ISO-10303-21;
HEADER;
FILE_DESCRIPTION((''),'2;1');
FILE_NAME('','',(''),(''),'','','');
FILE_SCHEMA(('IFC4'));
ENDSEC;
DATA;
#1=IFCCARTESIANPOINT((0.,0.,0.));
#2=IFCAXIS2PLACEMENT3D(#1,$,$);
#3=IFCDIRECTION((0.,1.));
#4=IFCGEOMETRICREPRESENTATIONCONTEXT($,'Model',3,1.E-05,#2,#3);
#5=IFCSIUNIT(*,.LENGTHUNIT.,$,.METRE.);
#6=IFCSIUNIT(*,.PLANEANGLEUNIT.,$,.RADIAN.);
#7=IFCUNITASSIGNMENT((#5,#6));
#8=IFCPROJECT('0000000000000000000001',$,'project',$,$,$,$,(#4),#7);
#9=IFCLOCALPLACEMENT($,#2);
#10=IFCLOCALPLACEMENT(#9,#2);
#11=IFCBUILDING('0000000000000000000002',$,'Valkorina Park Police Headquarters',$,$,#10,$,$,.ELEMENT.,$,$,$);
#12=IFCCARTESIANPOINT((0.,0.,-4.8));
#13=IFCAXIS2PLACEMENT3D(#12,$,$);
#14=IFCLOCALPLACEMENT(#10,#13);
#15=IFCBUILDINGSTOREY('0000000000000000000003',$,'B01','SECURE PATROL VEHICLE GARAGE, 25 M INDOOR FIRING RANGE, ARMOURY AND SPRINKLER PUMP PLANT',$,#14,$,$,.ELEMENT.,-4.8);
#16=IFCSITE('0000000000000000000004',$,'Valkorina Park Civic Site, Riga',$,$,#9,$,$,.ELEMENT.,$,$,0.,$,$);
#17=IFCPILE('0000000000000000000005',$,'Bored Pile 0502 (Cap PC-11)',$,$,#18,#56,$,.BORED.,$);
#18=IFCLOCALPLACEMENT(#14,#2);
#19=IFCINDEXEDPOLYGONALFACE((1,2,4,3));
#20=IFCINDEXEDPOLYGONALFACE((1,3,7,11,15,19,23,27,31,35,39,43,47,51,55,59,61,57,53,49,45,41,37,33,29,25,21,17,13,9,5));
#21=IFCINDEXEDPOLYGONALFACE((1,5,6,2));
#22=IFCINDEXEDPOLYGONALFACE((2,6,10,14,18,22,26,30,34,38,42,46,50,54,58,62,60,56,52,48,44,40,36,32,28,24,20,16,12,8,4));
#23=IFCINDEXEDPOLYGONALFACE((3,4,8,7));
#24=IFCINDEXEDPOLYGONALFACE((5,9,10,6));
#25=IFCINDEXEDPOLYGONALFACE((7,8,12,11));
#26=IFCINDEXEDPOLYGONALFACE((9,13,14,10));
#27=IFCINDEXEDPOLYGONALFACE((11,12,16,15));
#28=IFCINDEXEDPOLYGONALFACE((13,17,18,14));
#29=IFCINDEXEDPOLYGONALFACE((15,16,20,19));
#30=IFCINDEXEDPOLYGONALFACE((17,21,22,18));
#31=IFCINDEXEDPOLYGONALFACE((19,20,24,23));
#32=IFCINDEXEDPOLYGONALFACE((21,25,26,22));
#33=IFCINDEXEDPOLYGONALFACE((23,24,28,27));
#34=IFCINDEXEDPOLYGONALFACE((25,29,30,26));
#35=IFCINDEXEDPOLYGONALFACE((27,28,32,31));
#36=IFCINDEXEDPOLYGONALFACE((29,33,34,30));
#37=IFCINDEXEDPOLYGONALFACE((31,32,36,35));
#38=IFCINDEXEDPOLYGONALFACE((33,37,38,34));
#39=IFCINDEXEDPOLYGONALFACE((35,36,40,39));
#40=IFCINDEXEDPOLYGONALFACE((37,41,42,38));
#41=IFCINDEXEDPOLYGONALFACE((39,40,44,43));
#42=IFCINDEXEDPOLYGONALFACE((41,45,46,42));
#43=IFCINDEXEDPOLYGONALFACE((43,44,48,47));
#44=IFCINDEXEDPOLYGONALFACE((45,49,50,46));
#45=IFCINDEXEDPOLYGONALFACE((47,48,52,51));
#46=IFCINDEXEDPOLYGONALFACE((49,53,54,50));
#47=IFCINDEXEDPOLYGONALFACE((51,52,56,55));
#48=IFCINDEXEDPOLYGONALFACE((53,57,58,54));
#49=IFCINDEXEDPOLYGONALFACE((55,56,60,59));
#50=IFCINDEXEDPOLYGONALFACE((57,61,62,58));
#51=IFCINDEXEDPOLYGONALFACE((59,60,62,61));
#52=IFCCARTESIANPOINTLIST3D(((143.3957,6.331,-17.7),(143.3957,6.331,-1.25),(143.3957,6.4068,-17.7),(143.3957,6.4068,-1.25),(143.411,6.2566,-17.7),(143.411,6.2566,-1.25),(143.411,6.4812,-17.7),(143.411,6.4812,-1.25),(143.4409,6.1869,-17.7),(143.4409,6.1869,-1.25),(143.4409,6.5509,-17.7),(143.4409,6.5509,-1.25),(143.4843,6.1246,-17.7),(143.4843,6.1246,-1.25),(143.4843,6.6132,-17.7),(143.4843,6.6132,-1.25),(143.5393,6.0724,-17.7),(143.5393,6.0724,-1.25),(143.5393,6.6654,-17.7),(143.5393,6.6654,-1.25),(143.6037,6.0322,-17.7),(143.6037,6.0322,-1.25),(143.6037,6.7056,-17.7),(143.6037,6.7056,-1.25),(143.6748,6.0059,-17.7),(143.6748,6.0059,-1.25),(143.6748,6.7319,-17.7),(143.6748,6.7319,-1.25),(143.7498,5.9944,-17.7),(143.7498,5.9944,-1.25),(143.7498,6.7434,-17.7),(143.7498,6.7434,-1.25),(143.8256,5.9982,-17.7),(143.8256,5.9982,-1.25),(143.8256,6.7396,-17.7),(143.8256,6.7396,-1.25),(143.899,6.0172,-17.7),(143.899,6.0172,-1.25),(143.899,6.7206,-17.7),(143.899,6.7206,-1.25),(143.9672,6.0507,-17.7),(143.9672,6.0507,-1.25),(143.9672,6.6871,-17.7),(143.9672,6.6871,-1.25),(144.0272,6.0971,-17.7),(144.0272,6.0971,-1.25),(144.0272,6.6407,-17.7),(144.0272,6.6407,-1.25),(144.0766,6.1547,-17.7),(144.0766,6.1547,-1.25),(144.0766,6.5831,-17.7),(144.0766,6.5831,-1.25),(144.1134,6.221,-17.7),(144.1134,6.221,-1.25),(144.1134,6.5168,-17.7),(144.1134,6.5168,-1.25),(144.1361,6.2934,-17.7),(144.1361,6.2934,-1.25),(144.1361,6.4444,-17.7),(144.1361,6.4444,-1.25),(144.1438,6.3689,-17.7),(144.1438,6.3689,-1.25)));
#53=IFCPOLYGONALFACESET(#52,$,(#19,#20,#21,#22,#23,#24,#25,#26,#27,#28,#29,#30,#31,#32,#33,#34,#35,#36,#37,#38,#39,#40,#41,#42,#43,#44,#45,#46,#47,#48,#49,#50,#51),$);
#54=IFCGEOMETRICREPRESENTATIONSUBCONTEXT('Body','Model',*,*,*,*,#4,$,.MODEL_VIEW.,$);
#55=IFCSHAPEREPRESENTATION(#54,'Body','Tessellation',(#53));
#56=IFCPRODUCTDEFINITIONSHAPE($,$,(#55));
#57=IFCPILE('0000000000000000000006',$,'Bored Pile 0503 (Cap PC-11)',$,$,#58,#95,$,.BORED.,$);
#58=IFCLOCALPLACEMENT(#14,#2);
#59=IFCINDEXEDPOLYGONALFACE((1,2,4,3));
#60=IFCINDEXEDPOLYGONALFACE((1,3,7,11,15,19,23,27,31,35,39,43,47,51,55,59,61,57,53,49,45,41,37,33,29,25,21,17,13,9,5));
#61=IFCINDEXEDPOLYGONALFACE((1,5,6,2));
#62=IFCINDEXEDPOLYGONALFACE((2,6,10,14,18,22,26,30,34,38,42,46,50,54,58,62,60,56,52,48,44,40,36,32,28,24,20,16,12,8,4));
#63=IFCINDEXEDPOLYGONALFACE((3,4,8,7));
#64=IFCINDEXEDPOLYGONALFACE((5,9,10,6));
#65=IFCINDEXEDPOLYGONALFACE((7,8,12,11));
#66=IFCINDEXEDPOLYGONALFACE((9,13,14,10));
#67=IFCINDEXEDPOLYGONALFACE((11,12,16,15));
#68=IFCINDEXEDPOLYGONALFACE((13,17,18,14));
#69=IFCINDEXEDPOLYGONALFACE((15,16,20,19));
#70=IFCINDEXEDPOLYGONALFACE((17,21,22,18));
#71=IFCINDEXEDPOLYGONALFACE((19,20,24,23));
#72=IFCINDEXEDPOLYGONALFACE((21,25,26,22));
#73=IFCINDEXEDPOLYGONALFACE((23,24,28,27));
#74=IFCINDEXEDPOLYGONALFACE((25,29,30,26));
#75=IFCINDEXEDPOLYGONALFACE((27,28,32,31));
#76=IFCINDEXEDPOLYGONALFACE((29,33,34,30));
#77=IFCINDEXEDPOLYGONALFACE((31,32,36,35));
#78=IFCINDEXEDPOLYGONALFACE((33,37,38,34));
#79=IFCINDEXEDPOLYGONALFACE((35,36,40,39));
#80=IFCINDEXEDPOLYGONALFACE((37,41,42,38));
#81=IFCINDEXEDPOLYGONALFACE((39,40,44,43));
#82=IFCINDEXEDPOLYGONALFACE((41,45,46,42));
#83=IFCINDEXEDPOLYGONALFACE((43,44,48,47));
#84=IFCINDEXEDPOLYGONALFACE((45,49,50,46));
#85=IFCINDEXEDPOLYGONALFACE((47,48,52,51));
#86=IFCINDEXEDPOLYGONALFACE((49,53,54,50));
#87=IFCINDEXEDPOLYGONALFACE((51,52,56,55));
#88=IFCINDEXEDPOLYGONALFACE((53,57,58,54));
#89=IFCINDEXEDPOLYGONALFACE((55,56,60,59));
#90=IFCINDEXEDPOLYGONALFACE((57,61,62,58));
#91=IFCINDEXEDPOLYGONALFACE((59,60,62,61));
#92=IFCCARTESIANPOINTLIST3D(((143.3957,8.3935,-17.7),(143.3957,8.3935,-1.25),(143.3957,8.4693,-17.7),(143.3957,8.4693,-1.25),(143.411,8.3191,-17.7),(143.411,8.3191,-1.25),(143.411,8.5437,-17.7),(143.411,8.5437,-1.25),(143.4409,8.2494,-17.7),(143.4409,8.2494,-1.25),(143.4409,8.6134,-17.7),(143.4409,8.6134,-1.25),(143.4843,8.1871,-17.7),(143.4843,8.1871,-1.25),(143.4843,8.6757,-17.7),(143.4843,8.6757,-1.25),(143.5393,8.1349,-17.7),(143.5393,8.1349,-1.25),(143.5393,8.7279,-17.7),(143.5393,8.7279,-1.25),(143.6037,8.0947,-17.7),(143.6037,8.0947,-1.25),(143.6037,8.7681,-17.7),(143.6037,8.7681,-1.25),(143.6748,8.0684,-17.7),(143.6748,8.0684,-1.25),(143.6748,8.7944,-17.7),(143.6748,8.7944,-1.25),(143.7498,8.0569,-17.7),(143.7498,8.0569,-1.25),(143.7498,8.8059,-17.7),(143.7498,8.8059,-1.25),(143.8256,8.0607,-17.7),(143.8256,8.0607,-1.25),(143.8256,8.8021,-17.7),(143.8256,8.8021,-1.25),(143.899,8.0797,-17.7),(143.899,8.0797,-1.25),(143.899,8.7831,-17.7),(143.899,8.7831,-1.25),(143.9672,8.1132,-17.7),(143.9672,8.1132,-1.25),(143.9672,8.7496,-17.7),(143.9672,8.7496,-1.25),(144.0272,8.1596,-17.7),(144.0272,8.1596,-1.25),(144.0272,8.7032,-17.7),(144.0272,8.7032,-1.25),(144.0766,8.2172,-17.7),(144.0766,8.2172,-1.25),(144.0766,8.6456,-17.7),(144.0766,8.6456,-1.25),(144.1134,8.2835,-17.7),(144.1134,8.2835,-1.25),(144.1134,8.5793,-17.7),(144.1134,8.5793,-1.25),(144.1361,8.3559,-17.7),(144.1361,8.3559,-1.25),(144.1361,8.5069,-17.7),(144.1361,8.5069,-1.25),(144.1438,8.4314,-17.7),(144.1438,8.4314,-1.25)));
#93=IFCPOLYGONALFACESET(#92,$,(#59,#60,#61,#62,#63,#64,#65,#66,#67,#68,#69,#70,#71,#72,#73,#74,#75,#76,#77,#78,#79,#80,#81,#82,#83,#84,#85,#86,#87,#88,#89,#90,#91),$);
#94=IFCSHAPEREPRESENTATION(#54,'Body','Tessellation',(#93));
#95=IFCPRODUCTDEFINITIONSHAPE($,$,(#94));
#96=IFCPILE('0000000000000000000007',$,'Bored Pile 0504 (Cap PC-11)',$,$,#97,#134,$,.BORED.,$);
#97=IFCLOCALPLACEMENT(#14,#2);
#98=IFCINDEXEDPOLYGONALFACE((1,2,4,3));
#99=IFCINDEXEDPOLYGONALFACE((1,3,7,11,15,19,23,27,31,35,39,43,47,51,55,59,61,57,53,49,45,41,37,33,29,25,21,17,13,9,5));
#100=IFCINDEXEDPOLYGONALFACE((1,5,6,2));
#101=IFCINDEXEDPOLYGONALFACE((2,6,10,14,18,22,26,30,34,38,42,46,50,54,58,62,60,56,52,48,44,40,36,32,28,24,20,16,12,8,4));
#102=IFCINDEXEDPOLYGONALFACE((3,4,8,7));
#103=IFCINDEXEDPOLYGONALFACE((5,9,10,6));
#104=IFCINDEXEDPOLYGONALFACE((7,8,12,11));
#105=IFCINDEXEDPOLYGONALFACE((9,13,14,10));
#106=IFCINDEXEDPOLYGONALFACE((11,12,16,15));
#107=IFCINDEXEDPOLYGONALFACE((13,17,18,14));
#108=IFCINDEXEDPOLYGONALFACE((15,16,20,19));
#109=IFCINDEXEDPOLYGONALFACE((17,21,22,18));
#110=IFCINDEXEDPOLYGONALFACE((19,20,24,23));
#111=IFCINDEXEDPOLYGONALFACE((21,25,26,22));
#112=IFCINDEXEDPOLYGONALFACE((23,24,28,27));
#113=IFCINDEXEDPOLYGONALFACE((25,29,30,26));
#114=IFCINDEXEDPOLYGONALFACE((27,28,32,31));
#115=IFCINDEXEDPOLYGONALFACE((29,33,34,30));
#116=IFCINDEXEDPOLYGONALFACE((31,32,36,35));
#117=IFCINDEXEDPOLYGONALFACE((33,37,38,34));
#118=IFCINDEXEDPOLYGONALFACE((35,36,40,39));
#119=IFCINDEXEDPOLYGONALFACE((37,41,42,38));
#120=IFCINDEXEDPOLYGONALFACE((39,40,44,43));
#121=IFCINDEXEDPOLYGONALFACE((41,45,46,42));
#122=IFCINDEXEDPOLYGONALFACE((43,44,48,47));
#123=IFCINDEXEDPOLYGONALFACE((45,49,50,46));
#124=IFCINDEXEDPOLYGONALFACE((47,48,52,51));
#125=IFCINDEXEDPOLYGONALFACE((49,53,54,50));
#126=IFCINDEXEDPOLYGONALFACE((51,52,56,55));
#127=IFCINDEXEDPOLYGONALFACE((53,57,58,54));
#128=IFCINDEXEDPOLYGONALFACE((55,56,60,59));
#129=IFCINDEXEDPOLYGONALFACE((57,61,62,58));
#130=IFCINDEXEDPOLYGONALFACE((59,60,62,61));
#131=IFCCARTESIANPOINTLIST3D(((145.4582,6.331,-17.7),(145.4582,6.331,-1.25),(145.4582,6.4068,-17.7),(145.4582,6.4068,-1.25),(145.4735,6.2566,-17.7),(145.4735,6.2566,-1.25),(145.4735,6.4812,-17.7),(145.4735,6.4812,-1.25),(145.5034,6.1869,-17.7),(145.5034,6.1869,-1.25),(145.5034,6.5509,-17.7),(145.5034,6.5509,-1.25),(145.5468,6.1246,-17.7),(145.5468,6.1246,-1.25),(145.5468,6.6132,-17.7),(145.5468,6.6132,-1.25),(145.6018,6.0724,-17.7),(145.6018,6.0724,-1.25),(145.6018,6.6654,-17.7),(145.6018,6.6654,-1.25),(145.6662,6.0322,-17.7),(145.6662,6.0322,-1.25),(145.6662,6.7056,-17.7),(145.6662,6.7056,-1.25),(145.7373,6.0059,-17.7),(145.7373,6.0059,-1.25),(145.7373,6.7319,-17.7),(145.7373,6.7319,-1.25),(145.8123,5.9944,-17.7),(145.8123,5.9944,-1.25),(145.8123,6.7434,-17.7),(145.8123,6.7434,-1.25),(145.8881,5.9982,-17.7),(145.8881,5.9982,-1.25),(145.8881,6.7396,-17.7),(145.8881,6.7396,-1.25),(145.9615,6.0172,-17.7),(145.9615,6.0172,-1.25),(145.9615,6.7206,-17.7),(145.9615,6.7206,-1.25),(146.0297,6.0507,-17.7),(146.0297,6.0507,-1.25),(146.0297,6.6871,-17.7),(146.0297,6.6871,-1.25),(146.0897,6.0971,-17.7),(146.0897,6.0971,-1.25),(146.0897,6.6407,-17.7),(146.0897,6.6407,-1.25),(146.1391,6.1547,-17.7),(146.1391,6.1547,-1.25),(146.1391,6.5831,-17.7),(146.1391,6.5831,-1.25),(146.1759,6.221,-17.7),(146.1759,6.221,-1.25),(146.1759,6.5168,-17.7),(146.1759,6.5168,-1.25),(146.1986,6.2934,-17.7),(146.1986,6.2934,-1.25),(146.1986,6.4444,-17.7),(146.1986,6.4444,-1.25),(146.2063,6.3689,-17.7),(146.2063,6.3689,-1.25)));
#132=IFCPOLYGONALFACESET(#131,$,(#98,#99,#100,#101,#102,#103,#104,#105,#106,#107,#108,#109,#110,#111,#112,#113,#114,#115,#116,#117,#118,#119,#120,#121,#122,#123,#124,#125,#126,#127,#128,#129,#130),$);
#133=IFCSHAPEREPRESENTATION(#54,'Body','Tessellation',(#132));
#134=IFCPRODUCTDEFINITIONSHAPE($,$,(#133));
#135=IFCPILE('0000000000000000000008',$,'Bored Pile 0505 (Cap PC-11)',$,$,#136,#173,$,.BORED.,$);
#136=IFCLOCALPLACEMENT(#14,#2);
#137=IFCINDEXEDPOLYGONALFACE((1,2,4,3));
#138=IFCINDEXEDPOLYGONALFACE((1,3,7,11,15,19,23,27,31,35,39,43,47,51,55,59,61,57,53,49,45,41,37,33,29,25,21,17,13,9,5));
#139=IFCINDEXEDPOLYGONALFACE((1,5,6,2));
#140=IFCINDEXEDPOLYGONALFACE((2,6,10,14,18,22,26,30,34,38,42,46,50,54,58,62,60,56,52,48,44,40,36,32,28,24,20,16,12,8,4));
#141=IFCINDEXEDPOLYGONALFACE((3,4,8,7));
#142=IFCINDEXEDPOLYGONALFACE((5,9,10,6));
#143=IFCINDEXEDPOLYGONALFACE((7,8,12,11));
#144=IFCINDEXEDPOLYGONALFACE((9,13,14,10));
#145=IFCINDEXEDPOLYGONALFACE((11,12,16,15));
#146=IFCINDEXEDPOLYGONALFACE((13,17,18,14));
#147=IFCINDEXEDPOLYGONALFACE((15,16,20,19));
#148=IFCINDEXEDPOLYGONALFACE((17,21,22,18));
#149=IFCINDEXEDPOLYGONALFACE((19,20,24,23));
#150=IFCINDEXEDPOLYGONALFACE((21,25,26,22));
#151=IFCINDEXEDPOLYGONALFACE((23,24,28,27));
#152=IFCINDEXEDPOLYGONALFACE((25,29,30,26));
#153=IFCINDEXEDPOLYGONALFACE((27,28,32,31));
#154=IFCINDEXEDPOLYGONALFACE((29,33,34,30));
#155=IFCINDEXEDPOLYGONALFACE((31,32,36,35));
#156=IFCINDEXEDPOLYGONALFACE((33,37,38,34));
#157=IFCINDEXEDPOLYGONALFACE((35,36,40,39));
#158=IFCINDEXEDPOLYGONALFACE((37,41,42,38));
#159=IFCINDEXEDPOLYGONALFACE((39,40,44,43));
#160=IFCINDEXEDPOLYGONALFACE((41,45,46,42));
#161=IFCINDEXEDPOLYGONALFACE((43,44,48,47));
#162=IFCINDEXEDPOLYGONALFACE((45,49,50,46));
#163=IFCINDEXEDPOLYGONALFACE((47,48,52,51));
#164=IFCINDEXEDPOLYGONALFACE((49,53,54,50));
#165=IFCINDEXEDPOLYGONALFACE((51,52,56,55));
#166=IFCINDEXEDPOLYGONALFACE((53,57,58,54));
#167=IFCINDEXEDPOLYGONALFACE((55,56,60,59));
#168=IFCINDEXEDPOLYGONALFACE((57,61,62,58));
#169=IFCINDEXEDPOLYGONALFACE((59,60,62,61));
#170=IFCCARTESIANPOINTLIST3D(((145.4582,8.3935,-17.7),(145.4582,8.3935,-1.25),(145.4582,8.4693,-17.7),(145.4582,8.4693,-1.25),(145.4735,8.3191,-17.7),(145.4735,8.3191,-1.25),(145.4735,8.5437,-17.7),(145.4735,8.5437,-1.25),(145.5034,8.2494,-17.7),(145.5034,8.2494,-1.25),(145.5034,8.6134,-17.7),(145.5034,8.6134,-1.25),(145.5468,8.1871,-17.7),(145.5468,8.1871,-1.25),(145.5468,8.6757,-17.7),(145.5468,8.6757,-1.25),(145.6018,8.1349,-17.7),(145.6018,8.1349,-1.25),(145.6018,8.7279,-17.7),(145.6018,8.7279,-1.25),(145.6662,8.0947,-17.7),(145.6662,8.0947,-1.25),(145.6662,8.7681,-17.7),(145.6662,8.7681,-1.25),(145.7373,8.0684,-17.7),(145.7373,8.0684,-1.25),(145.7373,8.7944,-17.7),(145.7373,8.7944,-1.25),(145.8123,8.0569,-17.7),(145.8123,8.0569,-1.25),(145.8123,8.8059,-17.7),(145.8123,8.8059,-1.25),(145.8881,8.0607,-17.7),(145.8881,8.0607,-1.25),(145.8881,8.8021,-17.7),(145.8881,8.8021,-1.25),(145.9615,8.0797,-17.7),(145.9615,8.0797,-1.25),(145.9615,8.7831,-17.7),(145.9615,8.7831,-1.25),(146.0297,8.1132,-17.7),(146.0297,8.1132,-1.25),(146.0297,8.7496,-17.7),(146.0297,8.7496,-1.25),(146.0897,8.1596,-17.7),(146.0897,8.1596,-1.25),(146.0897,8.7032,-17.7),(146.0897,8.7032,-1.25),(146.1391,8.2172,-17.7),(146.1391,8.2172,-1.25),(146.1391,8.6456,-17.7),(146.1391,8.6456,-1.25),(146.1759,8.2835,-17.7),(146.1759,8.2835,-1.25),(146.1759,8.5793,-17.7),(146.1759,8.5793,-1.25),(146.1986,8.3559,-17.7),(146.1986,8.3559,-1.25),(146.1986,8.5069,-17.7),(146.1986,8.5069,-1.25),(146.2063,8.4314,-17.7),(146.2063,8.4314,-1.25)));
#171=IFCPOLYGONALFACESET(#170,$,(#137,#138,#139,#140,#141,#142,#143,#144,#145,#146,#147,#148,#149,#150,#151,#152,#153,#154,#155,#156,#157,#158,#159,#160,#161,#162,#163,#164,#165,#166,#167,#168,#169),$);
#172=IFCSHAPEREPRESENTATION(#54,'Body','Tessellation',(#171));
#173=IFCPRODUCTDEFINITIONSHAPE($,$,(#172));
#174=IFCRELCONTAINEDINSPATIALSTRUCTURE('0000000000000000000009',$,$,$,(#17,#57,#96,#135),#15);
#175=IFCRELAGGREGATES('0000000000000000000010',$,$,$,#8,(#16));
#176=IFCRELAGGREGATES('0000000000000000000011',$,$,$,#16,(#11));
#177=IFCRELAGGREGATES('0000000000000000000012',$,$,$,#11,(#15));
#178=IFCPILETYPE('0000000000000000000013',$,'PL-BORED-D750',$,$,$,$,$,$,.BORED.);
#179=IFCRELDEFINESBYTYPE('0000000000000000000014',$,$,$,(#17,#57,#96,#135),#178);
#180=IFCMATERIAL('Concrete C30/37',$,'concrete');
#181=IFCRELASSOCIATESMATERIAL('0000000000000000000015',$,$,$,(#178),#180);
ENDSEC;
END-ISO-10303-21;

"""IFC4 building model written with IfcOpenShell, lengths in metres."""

from ifc_helpers import new_model, si_unit, direction, frame, origin, origin_2d, place, context, subcontext, project, spatial, circle, extrude, material, material_profile, profile_set, type_object, element, save


model = new_model("IFC4")

# Units and contexts
model_context = context("Model", 3, precision=1e-05, world=origin(), true_north=direction((0.0, 1.0)))
body_context = subcontext(model_context, "Body", "Model", "MODEL_VIEW")
ifc_project = project(units=[si_unit("LENGTHUNIT", "METRE"), si_unit("PLANEANGLEUNIT", "RADIAN")], contexts=[model_context])

# Site, building, storey
site_placement = place(None, origin())
site = spatial("IfcSite", under=ifc_project, at=site_placement, Name="Valkorina Park Civic Site, Riga", CompositionType="ELEMENT", RefElevation=0.0)
building_placement = place(site_placement, origin())
building = spatial("IfcBuilding", under=site, at=building_placement, Name="Valkorina Park Police Headquarters", CompositionType="ELEMENT")
storey_placement = place(building_placement, frame((0.0, 0.0, -4.8)))
storey = spatial("IfcBuildingStorey", under=building, at=storey_placement, Name="B01", Description="SECURE PATROL VEHICLE GARAGE, 25 M INDOOR FIRING RANGE, ARMOURY AND SPRINKLER PUMP PLANT", CompositionType="ELEMENT", Elevation=-4.8)

# Piles
ifc_material_1 = material(Name="Concrete C30/37", Category="concrete")
ifc_material_profile_1 = material_profile(ifc_material_1, circle(Radius=0.375, at=origin_2d()), Name="BORED PILE D750")
ifc_profile_set_1 = profile_set([ifc_material_profile_1], Name="Concrete C30/37")
pile_type_1 = type_object("IfcPileType", Name="PL-BORED-D750", PredefinedType="BORED", material=ifc_profile_set_1)
for number, where, z_axis, x_axis, name in (
    (1, (143.7688, 6.3689, -1.25), (0.0, 0.0, -1.0), (1.0, 0.0, 0.0), "Bored Pile 0502 (Cap PC-11)"),
    (2, (143.7688, 8.4314, -1.25), (0.0, 0.0, -1.0), (1.0, 0.0, 0.0), "Bored Pile 0503 (Cap PC-11)"),
    (3, (145.8313, 6.3689, -1.25), (0.0, 0.0, -1.0), (1.0, 0.0, 0.0), "Bored Pile 0504 (Cap PC-11)"),
    (4, (145.8313, 8.4314, -1.25), (0.0, 0.0, -1.0), (1.0, 0.0, 0.0), "Bored Pile 0505 (Cap PC-11)"),
):
    element("IfcPile", number, at=place(storey_placement, frame(where, z_axis=z_axis, x_axis=x_axis)), inside=storey, type_object=pile_type_1, Name=name, PredefinedType="BORED", context=body_context, shape_type="SweptSolid", body=[
        extrude(circle(Radius=0.375, at=origin_2d()), origin(), (0.0, 0.0, 1.0), 16.45),
    ])

save(model, "model.ifc")
